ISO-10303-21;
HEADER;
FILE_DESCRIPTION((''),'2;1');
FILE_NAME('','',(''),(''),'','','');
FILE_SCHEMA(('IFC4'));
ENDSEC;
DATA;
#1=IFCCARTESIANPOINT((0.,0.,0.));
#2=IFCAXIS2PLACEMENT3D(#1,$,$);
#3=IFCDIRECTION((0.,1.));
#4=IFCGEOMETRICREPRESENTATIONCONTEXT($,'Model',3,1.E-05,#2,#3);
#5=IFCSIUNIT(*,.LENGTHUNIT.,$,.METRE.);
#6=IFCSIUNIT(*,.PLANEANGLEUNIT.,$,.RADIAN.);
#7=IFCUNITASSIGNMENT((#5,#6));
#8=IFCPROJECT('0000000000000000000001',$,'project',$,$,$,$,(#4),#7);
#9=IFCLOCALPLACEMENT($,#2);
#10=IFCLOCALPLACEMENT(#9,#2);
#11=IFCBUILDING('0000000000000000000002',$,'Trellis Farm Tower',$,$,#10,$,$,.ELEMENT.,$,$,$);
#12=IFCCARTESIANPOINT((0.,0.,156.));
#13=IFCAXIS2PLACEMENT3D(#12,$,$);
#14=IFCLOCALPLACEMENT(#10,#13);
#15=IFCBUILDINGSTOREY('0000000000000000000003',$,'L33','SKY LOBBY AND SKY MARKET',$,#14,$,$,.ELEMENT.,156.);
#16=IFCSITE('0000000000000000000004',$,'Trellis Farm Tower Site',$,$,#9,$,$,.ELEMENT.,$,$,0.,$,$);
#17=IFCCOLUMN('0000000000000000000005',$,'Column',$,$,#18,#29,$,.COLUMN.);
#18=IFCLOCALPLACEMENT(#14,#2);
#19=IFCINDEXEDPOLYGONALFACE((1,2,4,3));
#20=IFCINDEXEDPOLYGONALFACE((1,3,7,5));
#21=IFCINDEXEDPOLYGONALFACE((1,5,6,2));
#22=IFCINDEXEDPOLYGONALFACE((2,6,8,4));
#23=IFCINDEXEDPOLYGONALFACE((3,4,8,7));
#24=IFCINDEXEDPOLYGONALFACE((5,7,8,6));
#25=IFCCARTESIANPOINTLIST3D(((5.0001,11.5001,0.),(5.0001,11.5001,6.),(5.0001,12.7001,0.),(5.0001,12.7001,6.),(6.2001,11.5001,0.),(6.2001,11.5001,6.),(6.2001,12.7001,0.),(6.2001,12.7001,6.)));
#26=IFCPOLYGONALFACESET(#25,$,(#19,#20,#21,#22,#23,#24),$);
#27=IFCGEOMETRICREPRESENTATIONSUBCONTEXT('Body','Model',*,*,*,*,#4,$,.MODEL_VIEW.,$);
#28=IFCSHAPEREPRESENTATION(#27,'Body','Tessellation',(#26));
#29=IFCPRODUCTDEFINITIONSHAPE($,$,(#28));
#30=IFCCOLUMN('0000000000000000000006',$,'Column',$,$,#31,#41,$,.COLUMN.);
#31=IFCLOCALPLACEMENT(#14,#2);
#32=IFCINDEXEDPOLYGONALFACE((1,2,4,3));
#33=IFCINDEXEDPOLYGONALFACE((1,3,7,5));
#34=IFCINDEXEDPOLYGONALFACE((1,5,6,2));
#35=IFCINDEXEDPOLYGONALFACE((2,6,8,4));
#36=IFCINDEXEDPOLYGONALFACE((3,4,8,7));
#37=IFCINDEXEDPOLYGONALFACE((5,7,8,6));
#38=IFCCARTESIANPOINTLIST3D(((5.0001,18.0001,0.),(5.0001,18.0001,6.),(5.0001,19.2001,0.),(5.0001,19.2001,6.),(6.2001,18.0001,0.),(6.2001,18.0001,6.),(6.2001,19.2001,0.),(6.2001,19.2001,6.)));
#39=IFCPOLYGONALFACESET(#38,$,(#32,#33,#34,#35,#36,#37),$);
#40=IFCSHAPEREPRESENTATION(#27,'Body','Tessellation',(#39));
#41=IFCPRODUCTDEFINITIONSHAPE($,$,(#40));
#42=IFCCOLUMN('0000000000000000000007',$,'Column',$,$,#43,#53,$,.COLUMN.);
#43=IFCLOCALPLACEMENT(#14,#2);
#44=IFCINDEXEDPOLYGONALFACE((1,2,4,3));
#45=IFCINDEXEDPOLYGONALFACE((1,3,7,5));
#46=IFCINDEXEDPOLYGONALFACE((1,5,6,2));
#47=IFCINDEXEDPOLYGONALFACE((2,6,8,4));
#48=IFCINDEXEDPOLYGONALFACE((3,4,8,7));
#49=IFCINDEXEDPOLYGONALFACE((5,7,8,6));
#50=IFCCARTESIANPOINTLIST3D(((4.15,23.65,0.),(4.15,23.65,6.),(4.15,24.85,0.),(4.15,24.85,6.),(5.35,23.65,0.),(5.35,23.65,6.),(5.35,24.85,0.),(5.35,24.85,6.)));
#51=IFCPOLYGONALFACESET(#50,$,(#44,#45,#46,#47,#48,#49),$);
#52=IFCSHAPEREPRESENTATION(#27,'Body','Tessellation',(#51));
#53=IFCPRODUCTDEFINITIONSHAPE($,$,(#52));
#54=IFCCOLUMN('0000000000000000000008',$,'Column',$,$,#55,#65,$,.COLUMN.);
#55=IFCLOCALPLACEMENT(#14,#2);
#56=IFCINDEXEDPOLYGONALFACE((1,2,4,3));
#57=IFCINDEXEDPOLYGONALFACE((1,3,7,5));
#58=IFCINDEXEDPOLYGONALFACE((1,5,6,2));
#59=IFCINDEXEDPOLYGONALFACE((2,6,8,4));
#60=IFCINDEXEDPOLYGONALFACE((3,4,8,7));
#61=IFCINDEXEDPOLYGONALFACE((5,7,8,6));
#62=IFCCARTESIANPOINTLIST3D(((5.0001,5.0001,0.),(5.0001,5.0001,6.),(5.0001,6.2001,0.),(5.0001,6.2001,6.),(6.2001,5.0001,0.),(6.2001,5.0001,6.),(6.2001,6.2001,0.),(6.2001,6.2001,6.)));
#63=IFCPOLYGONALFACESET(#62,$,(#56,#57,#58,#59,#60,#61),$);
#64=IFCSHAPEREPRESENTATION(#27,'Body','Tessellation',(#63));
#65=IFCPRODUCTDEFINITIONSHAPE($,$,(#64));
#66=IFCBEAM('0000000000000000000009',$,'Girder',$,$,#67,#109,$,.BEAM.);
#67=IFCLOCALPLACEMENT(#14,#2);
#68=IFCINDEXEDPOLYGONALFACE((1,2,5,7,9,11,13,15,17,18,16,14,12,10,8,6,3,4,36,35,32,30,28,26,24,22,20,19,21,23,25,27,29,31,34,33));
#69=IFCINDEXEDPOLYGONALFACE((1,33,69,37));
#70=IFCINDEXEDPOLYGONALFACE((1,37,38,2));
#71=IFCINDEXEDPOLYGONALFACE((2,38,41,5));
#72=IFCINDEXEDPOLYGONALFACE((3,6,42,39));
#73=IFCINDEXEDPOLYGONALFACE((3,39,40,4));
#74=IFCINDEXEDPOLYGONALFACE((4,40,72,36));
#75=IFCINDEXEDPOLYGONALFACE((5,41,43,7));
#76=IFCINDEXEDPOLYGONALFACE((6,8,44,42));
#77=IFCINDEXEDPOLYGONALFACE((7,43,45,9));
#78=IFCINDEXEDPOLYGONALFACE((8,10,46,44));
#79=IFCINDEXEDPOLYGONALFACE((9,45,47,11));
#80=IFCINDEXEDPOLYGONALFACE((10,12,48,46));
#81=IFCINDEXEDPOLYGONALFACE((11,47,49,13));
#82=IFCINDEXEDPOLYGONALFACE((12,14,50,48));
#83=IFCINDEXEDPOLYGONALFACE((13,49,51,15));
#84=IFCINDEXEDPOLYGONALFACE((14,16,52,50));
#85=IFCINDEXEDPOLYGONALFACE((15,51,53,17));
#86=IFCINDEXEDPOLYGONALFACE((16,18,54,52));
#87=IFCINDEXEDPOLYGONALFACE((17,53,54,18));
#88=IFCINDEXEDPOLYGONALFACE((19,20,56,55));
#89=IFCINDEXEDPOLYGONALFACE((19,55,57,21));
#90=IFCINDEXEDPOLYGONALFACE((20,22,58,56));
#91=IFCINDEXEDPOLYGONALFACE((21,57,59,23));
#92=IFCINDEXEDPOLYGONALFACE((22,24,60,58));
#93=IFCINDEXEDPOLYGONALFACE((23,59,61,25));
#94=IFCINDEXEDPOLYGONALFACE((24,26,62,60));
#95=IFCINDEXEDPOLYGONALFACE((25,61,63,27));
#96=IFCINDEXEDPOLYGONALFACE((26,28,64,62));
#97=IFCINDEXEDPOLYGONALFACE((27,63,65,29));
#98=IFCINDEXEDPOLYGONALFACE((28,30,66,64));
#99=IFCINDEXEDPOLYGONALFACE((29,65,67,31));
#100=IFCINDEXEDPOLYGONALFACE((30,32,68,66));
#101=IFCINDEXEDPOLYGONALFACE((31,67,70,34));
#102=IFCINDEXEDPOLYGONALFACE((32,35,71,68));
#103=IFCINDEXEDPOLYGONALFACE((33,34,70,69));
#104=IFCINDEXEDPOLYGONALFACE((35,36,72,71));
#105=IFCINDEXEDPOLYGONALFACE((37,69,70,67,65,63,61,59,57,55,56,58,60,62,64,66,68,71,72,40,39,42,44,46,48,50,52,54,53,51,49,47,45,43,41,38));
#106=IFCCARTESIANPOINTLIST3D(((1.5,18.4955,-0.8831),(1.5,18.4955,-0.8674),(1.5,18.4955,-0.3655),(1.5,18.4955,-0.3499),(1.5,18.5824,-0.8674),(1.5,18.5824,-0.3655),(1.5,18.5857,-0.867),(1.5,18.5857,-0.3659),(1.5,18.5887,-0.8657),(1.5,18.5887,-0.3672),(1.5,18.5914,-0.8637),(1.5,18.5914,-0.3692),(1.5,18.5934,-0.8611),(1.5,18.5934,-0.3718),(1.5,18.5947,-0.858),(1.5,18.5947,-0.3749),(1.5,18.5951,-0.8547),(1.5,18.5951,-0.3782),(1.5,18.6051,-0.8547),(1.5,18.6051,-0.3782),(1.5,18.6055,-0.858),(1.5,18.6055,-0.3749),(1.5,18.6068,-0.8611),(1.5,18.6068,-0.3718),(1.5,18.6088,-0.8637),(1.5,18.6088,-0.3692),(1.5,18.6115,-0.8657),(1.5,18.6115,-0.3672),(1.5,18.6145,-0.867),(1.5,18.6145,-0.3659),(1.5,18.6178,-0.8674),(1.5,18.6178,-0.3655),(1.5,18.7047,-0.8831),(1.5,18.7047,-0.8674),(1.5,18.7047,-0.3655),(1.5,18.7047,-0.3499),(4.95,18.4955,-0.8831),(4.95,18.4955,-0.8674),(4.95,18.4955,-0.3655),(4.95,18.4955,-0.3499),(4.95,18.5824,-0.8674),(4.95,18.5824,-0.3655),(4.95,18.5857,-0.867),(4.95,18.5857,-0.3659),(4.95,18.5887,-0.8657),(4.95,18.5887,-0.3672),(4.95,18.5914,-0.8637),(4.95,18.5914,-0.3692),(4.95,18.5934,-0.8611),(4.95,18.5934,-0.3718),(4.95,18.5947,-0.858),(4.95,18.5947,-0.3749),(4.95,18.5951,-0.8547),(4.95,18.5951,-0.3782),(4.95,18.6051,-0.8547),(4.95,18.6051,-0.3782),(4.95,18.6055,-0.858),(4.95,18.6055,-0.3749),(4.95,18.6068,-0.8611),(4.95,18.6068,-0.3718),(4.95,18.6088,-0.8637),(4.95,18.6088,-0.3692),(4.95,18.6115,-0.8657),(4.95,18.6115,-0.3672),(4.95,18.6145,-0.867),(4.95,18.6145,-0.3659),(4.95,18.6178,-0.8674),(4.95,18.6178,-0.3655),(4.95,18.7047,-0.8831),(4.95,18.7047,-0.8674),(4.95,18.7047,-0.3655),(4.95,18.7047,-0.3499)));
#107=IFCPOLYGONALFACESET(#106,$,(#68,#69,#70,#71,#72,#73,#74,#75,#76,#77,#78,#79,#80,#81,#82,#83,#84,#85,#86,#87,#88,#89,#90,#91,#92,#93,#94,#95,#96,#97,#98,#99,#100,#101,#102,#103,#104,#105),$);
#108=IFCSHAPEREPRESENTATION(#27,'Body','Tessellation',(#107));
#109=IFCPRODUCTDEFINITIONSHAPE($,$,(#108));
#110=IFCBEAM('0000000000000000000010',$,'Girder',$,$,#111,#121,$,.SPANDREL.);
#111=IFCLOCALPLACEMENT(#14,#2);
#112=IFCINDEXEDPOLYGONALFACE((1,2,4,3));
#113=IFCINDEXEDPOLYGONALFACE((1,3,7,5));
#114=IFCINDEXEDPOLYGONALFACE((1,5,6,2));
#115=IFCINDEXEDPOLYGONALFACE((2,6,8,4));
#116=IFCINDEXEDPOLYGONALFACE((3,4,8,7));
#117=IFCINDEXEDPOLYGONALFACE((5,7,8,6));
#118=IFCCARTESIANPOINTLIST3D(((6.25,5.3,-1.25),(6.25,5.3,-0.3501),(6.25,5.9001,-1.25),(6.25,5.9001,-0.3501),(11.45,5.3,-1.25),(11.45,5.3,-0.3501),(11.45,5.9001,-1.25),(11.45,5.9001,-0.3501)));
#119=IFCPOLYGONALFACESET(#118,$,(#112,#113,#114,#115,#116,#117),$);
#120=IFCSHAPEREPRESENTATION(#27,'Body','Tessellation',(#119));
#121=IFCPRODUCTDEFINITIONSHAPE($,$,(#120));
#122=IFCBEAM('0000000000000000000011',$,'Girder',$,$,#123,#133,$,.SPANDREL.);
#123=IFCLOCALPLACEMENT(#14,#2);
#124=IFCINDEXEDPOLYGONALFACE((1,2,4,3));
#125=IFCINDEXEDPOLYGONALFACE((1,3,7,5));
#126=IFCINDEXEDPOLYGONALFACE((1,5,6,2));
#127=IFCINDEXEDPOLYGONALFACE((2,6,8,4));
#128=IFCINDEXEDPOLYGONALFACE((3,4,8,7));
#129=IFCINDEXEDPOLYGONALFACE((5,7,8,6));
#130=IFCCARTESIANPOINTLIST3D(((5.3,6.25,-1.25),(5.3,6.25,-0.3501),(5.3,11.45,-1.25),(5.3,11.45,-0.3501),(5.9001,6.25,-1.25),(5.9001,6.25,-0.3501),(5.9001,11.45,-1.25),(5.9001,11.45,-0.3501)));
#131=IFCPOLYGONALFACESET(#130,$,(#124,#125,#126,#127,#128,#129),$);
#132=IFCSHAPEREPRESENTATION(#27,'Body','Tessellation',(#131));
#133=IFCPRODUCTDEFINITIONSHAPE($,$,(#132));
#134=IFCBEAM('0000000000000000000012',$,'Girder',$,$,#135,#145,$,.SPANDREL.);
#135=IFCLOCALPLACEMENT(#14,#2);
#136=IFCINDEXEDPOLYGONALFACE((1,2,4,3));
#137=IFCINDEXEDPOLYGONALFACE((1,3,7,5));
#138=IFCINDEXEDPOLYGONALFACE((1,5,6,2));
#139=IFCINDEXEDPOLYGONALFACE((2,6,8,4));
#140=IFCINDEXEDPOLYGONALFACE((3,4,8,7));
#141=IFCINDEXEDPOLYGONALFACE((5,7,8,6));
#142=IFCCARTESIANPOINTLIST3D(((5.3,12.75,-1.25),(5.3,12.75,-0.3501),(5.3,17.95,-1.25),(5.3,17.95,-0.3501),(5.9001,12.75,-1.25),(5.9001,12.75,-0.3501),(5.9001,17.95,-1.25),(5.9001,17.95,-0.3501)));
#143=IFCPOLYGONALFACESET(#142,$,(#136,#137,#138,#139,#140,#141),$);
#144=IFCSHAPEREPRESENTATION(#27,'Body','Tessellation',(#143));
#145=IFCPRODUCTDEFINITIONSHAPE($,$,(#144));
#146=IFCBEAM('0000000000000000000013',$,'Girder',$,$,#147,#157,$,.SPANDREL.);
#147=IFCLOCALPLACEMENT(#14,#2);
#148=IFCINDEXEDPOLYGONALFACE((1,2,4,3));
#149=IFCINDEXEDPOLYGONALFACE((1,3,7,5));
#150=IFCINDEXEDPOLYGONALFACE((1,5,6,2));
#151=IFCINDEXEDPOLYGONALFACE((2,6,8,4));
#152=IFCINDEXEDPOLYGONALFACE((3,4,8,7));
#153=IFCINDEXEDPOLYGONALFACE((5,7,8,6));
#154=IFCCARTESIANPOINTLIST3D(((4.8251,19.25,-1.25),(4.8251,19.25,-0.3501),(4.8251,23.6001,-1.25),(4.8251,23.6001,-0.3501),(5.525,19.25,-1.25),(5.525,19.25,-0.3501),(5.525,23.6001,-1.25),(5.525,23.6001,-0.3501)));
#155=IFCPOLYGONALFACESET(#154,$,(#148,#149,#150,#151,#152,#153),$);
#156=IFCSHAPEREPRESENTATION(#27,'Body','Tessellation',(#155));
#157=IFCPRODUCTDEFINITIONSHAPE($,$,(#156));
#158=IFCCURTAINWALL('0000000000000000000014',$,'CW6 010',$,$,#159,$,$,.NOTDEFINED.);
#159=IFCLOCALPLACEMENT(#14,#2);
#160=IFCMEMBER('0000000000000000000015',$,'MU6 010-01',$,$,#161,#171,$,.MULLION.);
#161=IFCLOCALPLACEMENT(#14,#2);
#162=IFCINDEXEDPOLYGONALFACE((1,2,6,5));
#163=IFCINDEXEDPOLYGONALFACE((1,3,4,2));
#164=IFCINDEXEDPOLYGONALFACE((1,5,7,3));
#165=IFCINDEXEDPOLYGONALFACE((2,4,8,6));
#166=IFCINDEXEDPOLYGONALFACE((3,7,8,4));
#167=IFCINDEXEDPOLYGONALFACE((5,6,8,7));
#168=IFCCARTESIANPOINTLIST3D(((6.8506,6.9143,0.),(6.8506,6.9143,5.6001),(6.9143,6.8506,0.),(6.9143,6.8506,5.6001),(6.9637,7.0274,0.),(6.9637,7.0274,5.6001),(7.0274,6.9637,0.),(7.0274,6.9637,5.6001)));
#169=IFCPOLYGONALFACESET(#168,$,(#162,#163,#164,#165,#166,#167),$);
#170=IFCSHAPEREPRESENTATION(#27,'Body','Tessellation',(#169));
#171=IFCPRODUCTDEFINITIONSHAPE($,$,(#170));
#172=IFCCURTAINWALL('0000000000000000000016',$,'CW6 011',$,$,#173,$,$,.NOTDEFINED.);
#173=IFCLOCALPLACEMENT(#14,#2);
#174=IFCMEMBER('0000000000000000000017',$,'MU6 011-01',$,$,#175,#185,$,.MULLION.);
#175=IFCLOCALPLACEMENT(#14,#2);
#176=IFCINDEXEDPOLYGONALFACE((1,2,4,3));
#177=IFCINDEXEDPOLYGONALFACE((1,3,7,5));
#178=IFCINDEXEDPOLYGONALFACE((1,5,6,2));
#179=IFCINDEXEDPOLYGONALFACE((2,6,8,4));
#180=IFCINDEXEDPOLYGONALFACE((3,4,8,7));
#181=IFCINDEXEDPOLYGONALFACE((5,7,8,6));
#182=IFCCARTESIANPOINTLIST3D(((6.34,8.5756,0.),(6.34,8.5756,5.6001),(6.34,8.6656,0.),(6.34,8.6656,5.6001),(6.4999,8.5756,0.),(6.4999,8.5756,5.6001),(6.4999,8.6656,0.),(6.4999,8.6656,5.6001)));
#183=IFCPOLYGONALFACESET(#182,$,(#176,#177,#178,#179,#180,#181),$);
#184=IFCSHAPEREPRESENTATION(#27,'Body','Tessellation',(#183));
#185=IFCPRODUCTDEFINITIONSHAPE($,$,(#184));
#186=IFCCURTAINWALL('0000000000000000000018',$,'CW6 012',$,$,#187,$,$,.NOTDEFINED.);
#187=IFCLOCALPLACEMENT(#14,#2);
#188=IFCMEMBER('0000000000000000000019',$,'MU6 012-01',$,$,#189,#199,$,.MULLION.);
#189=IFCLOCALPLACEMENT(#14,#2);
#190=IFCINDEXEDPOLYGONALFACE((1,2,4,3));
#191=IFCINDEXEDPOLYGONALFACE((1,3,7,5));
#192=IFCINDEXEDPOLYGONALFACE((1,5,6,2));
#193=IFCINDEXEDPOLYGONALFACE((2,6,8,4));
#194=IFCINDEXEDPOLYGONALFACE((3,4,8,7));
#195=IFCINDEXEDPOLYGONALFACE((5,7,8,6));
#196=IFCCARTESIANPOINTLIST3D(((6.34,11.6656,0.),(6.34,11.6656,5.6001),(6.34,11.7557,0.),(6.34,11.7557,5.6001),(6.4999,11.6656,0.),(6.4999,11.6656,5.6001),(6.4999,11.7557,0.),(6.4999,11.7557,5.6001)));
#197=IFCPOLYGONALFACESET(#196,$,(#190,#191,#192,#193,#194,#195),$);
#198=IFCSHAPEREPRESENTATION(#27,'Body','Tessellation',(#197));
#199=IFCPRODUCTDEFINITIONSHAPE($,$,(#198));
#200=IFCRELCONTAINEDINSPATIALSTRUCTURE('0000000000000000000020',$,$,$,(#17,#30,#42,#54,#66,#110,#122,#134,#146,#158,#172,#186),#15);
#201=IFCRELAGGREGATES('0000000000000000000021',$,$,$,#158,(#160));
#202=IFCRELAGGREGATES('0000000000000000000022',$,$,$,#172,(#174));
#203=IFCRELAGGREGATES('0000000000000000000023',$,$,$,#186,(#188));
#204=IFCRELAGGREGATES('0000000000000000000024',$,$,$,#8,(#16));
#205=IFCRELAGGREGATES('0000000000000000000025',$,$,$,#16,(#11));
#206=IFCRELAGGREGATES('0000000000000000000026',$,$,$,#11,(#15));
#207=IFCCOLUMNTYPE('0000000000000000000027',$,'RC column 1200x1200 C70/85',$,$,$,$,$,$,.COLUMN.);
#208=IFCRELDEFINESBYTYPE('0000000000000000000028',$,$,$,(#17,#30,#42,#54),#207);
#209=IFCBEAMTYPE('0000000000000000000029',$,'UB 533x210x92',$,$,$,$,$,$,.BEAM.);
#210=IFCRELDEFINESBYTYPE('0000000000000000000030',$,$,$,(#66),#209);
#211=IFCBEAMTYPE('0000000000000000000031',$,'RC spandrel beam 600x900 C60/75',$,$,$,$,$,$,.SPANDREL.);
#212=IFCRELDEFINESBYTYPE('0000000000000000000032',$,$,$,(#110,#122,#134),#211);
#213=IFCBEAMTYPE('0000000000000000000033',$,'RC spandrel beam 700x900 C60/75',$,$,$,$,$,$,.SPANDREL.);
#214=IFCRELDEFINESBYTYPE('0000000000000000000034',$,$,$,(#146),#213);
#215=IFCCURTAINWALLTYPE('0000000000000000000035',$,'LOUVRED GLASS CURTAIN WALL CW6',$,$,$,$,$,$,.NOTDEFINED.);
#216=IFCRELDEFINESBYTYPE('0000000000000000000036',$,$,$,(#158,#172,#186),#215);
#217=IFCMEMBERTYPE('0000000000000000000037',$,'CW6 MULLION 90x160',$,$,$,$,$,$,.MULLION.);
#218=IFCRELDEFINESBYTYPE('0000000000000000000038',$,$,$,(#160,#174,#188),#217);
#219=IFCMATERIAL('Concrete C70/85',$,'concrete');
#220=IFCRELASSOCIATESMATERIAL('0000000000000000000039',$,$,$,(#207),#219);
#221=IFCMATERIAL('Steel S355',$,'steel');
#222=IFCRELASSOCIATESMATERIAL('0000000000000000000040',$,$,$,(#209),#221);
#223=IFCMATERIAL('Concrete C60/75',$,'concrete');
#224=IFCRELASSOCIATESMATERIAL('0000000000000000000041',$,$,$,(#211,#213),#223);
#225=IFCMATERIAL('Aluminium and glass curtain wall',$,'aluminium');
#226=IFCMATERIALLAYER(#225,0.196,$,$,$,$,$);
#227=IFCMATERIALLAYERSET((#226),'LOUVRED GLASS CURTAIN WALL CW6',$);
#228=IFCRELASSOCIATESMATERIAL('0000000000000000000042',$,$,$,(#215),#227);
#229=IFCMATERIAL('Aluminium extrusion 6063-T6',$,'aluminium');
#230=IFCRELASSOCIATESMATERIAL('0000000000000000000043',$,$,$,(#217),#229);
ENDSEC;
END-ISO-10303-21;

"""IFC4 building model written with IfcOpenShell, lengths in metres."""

from ifc_helpers import new_model, si_unit, direction, frame, origin, origin_2d, place, context, subcontext, project, spatial, rectangle, i_section, extrude, source, transform, mapped, material, layer, layer_set, material_profile, profile_set, type_object, element, aggregate, save


model = new_model("IFC4")

# Units and contexts
model_context = context("Model", 3, precision=1e-05, world=origin(), true_north=direction((0.0, 1.0)))
body_context = subcontext(model_context, "Body", "Model", "MODEL_VIEW")
ifc_project = project(units=[si_unit("LENGTHUNIT", "METRE"), si_unit("PLANEANGLEUNIT", "RADIAN")], contexts=[model_context])

# Site, building, storey
site_placement = place(None, origin())
site = spatial("IfcSite", under=ifc_project, at=site_placement, Name="Trellis Farm Tower Site", CompositionType="ELEMENT", RefElevation=0.0)
building_placement = place(site_placement, origin())
building = spatial("IfcBuilding", under=site, at=building_placement, Name="Trellis Farm Tower", CompositionType="ELEMENT")
storey_placement = place(building_placement, frame((0.0, 0.0, 156.0)))
storey = spatial("IfcBuildingStorey", under=building, at=storey_placement, Name="L33", Description="SKY LOBBY AND SKY MARKET", CompositionType="ELEMENT", Elevation=156.0)

# Columns
ifc_material_1 = material(Name="Concrete C70/85", Category="concrete")
ifc_material_profile_1 = material_profile(ifc_material_1, rectangle(XDim=1.2, YDim=1.2, at=origin_2d()), Name="RC column 1200x1200 C70/85")
ifc_profile_set_1 = profile_set([ifc_material_profile_1], Name="Concrete C70/85")
column_type = type_object("IfcColumnType", Name="RC column 1200x1200 C70/85", PredefinedType="COLUMN", material=ifc_profile_set_1)
shared_shape_1 = source(origin(), body_context, "Body", "SweptSolid", [
    extrude(rectangle(XDim=1.2, YDim=1.2, at=origin_2d()), origin(), (0.0, 0.0, 1.0), 6.0),
])
for number, where, z_axis, x_axis, name in (
    (1, (5.6001, 12.1001, 0.0), (0.0, 0.0, 1.0), (1.0, 0.0, 0.0), "Column"),
    (2, (5.6001, 18.6001, 0.0), (0.0, 0.0, 1.0), (1.0, 0.0, 0.0), "Column"),
    (3, (4.75, 24.25, 0.0), (0.0, 0.0, 1.0), (1.0, 0.0, 0.0), "Column"),
    (4, (5.6001, 5.6001, 0.0), (0.0, 0.0, 1.0), (1.0, 0.0, 0.0), "Column"),
):
    element("IfcColumn", number, at=place(storey_placement, frame(where, z_axis=z_axis, x_axis=x_axis)), inside=storey, type_object=column_type, Name=name, PredefinedType="COLUMN", context=body_context, shape_type="MappedRepresentation", body=[
        mapped(shared_shape_1, transform((0.0, 0.0, 0.0))),
    ])

# Beams
ifc_material_2 = material(Name="Steel S355", Category="steel")
ifc_material_profile_2 = material_profile(ifc_material_2, i_section(OverallWidth=0.2092, OverallDepth=0.5332, WebThickness=0.01, FlangeThickness=0.0156, FilletRadius=0.0127, at=origin_2d()), Name="UB 533x210x92")
ifc_profile_set_2 = profile_set([ifc_material_profile_2], Name="Steel S355")
beam_type_1 = type_object("IfcBeamType", Name="UB 533x210x92", PredefinedType="BEAM", material=ifc_profile_set_2)
shared_shape_2 = source(origin(), body_context, "Body", "SweptSolid", [
    extrude(i_section(OverallWidth=0.2092, OverallDepth=0.5332, WebThickness=0.01, FlangeThickness=0.0156, FilletRadius=0.0127, at=origin_2d()), origin(), (0.0, 0.0, 1.0), 3.45),
])
beam_1_placement = place(storey_placement, frame((1.5, 18.6001, -0.6165), z_axis=(1.0, 0.0, 0.0), x_axis=(0.0, 1.0, 0.0)))
element("IfcBeam", 5, at=beam_1_placement, inside=storey, type_object=beam_type_1, Name="Girder", PredefinedType="BEAM", context=body_context, shape_type="MappedRepresentation", body=[
    mapped(shared_shape_2, transform((0.0, 0.0, 0.0))),
])
ifc_material_3 = material(Name="Concrete C60/75", Category="concrete")
ifc_material_profile_3 = material_profile(ifc_material_3, rectangle(XDim=0.6001, YDim=0.8999, at=origin_2d()), Name="RC spandrel beam 600x900 C60/75")
ifc_profile_set_3 = profile_set([ifc_material_profile_3], Name="Concrete C60/75")
beam_type_2 = type_object("IfcBeamType", Name="RC spandrel beam 600x900 C60/75", PredefinedType="SPANDREL", material=ifc_profile_set_3)
shared_shape_3 = source(origin(), body_context, "Body", "SweptSolid", [
    extrude(rectangle(XDim=0.6001, YDim=0.8999, at=origin_2d()), origin(), (0.0, 0.0, 1.0), 5.2),
])
for number, where, z_axis, x_axis, name in (
    (6, (6.25, 5.6001, -0.8), (1.0, 0.0, 0.0), (0.0, 1.0, 0.0), "Girder"),
    (7, (5.6001, 6.25, -0.8), (0.0, 1.0, 0.0), (-1.0, 0.0, 0.0), "Girder"),
    (8, (5.6001, 12.75, -0.8), (0.0, 1.0, 0.0), (-1.0, 0.0, 0.0), "Girder"),
):
    element("IfcBeam", number, at=place(storey_placement, frame(where, z_axis=z_axis, x_axis=x_axis)), inside=storey, type_object=beam_type_2, Name=name, PredefinedType="SPANDREL", context=body_context, shape_type="MappedRepresentation", body=[
        mapped(shared_shape_3, transform((0.0, 0.0, 0.0))),
    ])
ifc_material_profile_4 = material_profile(ifc_material_3, rectangle(XDim=0.7, YDim=0.8999, at=origin_2d()), Name="RC spandrel beam 700x900 C60/75")
ifc_profile_set_4 = profile_set([ifc_material_profile_4], Name="Concrete C60/75")
beam_type_3 = type_object("IfcBeamType", Name="RC spandrel beam 700x900 C60/75", PredefinedType="SPANDREL", material=ifc_profile_set_4)
shared_shape_4 = source(origin(), body_context, "Body", "SweptSolid", [
    extrude(rectangle(XDim=0.7, YDim=0.8999, at=origin_2d()), origin(), (0.0, 0.0, 1.0), 4.3501),
])
beam_2_placement = place(storey_placement, frame((5.175, 19.25, -0.8), z_axis=(0.0, 1.0, 0.0), x_axis=(-1.0, 0.0, 0.0)))
element("IfcBeam", 9, at=beam_2_placement, inside=storey, type_object=beam_type_3, Name="Girder", PredefinedType="SPANDREL", context=body_context, shape_type="MappedRepresentation", body=[
    mapped(shared_shape_4, transform((0.0, 0.0, 0.0))),
])

# Curtain walls, members
ifc_material_4 = material(Name="Aluminium and glass curtain wall", Category="aluminium")
ifc_layer_1 = layer(ifc_material_4, 0.196)
ifc_layer_set_1 = layer_set([ifc_layer_1], Name="LOUVRED GLASS CURTAIN WALL CW6")
curtain_wall_type = type_object("IfcCurtainWallType", Name="LOUVRED GLASS CURTAIN WALL CW6", PredefinedType="NOTDEFINED", material=ifc_layer_set_1)
placement = place(storey_placement, origin())
curtain_wall_1 = element("IfcCurtainWall", 10, at=placement, inside=storey, type_object=curtain_wall_type, Name="CW6 010", PredefinedType="NOTDEFINED")
ifc_material_5 = material(Name="Aluminium extrusion 6063-T6", Category="aluminium")
ifc_material_profile_5 = material_profile(ifc_material_5, rectangle(XDim=0.0901, YDim=0.1599, at=origin_2d()), Name="MULLION 90x160")
ifc_profile_set_5 = profile_set([ifc_material_profile_5], Name="Aluminium extrusion 6063-T6")
member_type = type_object("IfcMemberType", Name="CW6 MULLION 90x160", PredefinedType="MULLION", material=ifc_profile_set_5)
shared_shape_5 = source(origin(), body_context, "Body", "SweptSolid", [
    extrude(rectangle(XDim=0.0901, YDim=0.1599, at=origin_2d()), origin(), (0.0, 0.0, 1.0), 5.6001),
])
member_1_placement = place(storey_placement, frame((6.939, 6.939, 0.0), z_axis=(0.0, 0.0, 1.0), x_axis=(-0.707107, 0.707107, 0.0)))
member_1 = element("IfcMember", 11, at=member_1_placement, type_object=member_type, Name="MU6 010-01", PredefinedType="MULLION", context=body_context, shape_type="MappedRepresentation", body=[
    mapped(shared_shape_5, transform((0.0, 0.0, 0.0))),
])
aggregate(curtain_wall_1, [member_1])
curtain_wall_2 = element("IfcCurtainWall", 12, at=placement, inside=storey, type_object=curtain_wall_type, Name="CW6 011", PredefinedType="NOTDEFINED")
member_2_placement = place(storey_placement, frame((6.4199, 8.6206, 0.0), z_axis=(0.0, 0.0, 1.0), x_axis=(0.0, 1.0, 0.0)))
member_2 = element("IfcMember", 13, at=member_2_placement, type_object=member_type, Name="MU6 011-01", PredefinedType="MULLION", context=body_context, shape_type="MappedRepresentation", body=[
    mapped(shared_shape_5, transform((0.0, 0.0, 0.0))),
])
aggregate(curtain_wall_2, [member_2])

# Curtain wall, member
curtain_wall_3 = element("IfcCurtainWall", 14, at=placement, inside=storey, type_object=curtain_wall_type, Name="CW6 012", PredefinedType="NOTDEFINED")
member_3_placement = place(storey_placement, frame((6.4199, 11.7107, 0.0), z_axis=(0.0, 0.0, 1.0), x_axis=(0.0, 1.0, 0.0)))
member_3 = element("IfcMember", 15, at=member_3_placement, type_object=member_type, Name="MU6 012-01", PredefinedType="MULLION", context=body_context, shape_type="MappedRepresentation", body=[
    mapped(shared_shape_5, transform((0.0, 0.0, 0.0))),
])
aggregate(curtain_wall_3, [member_3])

save(model, "model.ifc")
